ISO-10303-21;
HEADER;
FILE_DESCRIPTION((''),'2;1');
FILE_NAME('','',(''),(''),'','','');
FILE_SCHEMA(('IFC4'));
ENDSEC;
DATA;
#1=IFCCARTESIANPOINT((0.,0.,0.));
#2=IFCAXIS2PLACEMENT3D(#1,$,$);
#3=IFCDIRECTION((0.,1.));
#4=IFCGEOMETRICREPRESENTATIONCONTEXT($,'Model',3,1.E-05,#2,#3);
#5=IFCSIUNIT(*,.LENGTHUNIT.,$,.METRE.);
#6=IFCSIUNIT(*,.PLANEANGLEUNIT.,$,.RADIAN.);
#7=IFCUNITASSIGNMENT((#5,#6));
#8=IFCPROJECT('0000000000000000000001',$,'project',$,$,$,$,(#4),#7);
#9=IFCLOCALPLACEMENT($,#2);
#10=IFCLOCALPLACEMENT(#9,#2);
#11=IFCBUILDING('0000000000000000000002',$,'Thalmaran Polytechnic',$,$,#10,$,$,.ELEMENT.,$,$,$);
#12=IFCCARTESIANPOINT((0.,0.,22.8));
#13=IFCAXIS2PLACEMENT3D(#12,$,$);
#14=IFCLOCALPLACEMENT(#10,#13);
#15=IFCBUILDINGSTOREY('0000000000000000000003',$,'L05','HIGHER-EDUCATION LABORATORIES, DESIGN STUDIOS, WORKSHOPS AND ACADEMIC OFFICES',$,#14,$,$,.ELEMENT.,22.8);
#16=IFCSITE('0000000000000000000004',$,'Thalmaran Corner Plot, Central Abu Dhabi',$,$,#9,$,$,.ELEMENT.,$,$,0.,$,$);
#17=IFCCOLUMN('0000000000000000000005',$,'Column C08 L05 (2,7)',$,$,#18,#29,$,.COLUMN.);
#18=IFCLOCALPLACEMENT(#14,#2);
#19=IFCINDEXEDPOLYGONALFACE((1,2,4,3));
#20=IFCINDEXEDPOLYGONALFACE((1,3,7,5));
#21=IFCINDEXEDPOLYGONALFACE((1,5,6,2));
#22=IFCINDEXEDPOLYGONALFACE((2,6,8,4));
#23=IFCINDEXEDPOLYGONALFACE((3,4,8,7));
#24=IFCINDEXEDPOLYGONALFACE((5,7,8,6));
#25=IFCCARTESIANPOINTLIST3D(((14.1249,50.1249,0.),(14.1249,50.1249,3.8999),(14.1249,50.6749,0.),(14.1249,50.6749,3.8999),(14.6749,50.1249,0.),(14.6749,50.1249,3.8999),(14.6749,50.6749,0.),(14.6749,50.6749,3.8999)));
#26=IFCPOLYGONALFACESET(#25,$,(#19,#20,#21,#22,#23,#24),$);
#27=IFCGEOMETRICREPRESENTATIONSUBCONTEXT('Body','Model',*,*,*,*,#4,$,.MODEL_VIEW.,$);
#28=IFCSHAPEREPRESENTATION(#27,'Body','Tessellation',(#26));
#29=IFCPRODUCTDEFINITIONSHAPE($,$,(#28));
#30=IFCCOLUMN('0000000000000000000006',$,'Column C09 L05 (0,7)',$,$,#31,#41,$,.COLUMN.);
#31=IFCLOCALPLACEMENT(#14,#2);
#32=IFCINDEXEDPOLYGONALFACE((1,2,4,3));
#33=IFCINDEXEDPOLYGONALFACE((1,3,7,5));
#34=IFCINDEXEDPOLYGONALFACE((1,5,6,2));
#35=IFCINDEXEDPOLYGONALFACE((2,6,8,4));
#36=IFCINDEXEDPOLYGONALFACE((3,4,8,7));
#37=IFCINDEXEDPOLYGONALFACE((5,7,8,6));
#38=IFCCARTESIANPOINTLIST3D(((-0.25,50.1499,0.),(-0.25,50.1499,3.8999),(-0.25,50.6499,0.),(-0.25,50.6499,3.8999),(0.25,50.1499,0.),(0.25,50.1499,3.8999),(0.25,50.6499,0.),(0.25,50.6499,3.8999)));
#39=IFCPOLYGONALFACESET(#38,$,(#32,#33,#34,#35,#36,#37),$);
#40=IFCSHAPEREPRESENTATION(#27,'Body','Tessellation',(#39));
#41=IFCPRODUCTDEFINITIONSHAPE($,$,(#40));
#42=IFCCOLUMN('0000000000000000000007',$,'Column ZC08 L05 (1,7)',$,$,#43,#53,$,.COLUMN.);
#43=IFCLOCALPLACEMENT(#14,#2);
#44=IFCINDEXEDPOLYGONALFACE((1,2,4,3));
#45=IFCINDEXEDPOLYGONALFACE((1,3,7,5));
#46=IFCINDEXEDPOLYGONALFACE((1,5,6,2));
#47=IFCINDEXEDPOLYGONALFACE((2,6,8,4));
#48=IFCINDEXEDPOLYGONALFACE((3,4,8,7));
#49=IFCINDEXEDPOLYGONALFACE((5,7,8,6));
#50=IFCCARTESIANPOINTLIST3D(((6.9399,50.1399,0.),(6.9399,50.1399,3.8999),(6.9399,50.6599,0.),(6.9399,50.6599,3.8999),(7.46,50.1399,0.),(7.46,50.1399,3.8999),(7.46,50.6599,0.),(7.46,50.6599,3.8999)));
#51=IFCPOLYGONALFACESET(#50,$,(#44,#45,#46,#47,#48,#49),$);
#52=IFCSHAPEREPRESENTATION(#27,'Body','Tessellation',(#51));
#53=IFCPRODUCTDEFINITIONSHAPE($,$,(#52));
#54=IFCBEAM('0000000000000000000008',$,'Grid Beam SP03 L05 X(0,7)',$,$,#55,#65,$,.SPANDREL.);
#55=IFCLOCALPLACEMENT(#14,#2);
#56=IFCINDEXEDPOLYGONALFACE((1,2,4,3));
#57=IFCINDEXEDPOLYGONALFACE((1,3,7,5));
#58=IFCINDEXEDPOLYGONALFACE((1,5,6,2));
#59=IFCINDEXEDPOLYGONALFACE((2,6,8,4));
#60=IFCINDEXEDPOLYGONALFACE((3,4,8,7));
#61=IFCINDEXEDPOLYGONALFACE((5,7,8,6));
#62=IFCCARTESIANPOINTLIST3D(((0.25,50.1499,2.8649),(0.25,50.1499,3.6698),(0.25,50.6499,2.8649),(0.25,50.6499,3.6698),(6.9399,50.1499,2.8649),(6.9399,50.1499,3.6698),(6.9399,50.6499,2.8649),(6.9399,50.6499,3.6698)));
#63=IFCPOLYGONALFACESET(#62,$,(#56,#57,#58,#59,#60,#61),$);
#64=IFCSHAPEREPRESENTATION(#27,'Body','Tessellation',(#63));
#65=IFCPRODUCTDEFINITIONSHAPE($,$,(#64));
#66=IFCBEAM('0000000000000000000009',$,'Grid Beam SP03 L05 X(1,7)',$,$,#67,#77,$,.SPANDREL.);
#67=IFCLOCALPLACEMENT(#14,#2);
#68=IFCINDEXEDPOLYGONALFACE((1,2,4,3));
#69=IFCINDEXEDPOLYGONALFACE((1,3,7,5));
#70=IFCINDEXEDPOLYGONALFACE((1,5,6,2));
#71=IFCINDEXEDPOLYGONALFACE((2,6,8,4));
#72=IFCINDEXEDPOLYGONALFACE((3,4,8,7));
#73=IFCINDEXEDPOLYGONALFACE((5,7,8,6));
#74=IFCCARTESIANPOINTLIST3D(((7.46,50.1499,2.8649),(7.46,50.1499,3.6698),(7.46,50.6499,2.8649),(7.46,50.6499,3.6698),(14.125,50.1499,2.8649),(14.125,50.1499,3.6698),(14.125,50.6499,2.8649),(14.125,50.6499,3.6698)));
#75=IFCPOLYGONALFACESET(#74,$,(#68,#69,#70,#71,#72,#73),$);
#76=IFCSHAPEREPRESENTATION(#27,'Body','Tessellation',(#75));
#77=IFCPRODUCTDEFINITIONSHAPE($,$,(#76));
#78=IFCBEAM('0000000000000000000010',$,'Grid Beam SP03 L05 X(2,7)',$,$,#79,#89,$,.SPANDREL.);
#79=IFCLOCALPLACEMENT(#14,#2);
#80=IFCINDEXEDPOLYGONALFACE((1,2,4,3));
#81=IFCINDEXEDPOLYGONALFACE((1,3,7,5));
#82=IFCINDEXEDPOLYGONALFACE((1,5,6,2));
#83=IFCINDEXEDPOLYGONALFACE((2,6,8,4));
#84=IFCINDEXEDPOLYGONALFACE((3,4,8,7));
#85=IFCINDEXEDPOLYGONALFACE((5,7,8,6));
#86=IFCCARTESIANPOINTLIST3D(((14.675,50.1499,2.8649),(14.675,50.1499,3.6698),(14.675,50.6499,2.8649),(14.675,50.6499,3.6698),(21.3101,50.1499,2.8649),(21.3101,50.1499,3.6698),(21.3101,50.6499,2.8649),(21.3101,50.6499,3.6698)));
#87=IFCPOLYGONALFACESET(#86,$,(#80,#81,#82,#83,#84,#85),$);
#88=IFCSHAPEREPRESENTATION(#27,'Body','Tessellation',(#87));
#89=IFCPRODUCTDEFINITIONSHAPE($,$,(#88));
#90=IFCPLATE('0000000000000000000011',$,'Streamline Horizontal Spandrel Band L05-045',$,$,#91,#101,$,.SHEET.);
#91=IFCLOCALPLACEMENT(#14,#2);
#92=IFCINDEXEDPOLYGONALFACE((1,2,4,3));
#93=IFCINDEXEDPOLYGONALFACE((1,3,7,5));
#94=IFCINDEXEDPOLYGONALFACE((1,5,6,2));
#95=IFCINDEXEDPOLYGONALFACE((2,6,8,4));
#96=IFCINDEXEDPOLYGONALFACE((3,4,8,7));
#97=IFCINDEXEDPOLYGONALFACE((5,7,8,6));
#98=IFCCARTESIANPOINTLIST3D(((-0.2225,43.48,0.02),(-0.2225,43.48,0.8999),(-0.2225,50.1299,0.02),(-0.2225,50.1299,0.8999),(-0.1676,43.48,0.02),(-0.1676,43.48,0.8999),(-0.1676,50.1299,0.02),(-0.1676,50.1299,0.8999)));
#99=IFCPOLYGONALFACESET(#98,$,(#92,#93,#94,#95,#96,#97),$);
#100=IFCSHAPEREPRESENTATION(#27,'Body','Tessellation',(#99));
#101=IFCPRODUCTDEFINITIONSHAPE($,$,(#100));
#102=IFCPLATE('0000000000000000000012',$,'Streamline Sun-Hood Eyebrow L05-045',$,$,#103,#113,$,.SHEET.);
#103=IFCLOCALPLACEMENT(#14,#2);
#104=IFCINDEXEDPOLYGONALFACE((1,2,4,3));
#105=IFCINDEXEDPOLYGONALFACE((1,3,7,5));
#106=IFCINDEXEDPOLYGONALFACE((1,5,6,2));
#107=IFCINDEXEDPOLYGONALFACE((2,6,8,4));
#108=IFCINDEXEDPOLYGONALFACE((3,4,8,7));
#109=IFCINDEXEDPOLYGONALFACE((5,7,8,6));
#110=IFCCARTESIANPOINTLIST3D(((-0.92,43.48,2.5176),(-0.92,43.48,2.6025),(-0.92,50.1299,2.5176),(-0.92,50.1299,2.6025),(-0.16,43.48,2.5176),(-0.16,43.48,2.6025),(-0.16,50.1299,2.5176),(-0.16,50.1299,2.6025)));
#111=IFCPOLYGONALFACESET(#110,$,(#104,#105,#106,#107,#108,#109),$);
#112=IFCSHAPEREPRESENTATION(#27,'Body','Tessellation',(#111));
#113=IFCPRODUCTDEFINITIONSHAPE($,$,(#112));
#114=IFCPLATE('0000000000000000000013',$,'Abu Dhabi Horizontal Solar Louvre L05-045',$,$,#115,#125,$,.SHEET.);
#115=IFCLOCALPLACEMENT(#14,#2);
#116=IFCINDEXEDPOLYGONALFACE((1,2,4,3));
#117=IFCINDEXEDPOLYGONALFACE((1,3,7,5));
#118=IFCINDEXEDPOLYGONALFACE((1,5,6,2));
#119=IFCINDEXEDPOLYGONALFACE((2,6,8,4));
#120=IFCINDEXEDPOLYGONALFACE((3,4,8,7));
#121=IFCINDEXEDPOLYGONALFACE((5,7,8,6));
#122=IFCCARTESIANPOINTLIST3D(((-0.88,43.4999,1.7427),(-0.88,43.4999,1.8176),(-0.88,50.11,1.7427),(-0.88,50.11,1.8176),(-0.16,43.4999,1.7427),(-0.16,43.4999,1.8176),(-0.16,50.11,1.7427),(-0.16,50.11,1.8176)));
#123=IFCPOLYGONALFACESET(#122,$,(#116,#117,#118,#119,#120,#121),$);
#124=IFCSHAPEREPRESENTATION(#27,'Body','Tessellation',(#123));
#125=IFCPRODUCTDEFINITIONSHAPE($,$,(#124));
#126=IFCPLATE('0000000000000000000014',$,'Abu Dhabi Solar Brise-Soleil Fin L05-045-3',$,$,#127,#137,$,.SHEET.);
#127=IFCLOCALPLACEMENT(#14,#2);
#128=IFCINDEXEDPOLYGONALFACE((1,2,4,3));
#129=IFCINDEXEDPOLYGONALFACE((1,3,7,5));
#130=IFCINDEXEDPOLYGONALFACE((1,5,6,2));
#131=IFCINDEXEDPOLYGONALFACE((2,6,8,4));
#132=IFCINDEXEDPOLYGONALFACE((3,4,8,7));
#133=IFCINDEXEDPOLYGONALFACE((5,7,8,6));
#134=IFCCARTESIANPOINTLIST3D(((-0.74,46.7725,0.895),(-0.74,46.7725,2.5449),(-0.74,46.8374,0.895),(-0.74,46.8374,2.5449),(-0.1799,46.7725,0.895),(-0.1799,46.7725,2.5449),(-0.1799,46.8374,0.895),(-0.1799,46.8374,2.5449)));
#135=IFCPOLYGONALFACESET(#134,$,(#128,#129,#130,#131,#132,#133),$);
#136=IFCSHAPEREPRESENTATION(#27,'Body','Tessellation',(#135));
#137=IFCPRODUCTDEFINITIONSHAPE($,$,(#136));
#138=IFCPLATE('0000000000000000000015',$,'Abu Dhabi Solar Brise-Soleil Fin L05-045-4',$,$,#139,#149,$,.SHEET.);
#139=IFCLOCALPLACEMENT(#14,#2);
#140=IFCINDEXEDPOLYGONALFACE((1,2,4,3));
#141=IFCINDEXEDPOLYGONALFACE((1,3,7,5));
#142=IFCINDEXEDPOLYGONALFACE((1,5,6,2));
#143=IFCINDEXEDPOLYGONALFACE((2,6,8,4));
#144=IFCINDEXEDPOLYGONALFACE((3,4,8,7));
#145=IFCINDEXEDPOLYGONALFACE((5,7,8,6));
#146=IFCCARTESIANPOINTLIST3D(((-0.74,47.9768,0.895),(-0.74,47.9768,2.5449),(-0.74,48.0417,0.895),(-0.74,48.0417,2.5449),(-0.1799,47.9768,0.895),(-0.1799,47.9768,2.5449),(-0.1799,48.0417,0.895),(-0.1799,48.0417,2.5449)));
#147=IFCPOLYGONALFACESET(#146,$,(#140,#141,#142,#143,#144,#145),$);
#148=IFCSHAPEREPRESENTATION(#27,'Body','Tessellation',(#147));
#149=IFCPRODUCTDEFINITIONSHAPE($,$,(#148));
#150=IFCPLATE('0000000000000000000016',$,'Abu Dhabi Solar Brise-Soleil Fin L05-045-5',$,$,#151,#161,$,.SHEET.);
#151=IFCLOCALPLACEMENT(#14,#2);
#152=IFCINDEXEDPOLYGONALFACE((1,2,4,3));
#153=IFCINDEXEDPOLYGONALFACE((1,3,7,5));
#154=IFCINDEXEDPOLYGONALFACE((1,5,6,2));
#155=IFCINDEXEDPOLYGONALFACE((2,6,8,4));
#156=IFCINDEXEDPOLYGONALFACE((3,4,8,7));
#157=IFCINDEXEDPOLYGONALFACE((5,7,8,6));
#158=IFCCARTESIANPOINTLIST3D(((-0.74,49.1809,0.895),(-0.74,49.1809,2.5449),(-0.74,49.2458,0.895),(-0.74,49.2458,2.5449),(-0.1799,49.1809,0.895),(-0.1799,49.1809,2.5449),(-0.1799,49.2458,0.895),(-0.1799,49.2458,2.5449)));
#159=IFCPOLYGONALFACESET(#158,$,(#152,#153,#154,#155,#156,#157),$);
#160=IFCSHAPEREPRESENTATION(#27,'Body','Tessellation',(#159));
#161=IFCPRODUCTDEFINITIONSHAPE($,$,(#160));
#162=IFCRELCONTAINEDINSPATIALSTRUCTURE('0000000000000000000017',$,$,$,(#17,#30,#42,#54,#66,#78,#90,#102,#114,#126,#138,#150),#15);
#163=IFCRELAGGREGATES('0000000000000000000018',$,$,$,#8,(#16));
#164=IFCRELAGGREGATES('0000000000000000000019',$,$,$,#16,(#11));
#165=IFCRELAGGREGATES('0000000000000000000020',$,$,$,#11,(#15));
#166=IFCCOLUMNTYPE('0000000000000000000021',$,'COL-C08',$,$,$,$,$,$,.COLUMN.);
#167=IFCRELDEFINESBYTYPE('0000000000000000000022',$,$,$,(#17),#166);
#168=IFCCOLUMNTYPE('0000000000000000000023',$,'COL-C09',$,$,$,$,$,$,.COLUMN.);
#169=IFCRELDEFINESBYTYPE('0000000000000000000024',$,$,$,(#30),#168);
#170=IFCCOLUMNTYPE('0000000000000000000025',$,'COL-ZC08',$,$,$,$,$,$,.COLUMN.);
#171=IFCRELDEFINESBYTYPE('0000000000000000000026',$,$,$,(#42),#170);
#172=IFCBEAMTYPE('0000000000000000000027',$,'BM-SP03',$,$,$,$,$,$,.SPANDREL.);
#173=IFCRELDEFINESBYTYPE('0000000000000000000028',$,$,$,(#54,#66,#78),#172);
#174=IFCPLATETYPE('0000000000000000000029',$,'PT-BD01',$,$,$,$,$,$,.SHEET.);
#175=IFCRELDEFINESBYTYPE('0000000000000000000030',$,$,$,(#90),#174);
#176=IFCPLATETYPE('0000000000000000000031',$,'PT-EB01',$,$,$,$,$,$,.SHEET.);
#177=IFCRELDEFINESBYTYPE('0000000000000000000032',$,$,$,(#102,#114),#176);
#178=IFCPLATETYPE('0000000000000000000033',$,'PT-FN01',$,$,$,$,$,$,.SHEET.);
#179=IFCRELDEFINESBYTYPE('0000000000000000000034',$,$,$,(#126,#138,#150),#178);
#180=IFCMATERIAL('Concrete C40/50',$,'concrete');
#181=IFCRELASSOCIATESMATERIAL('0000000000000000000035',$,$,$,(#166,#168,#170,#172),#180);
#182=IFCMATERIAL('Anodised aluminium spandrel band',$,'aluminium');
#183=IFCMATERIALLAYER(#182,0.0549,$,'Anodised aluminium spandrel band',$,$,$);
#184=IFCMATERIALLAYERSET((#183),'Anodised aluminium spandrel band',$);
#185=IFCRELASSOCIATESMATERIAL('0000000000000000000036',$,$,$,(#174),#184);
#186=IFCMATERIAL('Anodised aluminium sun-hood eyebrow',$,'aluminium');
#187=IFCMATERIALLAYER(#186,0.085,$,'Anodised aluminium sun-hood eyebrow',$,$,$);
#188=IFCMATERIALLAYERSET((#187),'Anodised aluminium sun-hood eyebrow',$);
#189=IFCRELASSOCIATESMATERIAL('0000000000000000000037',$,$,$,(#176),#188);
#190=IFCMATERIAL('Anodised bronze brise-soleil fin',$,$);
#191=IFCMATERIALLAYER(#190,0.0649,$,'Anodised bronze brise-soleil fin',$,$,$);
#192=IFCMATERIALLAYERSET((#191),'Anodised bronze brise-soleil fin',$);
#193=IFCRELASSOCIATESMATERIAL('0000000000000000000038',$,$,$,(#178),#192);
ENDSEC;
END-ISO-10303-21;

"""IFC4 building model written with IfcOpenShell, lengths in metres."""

from ifc_helpers import new_model, si_unit, direction, frame, origin, origin_2d, place, context, subcontext, project, spatial, rectangle, extrude, material, layer, layer_set, material_profile, profile_set, type_object, element, save


model = new_model("IFC4")

# Units and contexts
model_context = context("Model", 3, precision=1e-05, world=origin(), true_north=direction((0.0, 1.0)))
body_context = subcontext(model_context, "Body", "Model", "MODEL_VIEW")
ifc_project = project(units=[si_unit("LENGTHUNIT", "METRE"), si_unit("PLANEANGLEUNIT", "RADIAN")], contexts=[model_context])

# Site, building, storey
site_placement = place(None, origin())
site = spatial("IfcSite", under=ifc_project, at=site_placement, Name="Thalmaran Corner Plot, Central Abu Dhabi", CompositionType="ELEMENT", RefElevation=0.0)
building_placement = place(site_placement, origin())
building = spatial("IfcBuilding", under=site, at=building_placement, Name="Thalmaran Polytechnic", CompositionType="ELEMENT")
storey_placement = place(building_placement, frame((0.0, 0.0, 22.8)))
storey = spatial("IfcBuildingStorey", under=building, at=storey_placement, Name="L05", Description="HIGHER-EDUCATION LABORATORIES, DESIGN STUDIOS, WORKSHOPS AND ACADEMIC OFFICES", CompositionType="ELEMENT", Elevation=22.8)

# Columns
ifc_material_1 = material(Name="Concrete C40/50", Category="concrete")
ifc_material_profile_1 = material_profile(ifc_material_1, rectangle(XDim=0.55, YDim=0.55, at=origin_2d()), Name="RC 550x550")
ifc_profile_set_1 = profile_set([ifc_material_profile_1], Name="Concrete C40/50")
column_type_1 = type_object("IfcColumnType", Name="COL-C08", PredefinedType="COLUMN", material=ifc_profile_set_1)
column_1_placement = place(storey_placement, frame((14.3999, 50.3999, 0.0), z_axis=(0.0, 0.0, 1.0), x_axis=(1.0, 0.0, 0.0)))
element("IfcColumn", 1, at=column_1_placement, inside=storey, type_object=column_type_1, Name="Column C08 L05 (2,7)", PredefinedType="COLUMN", context=body_context, shape_type="SweptSolid", body=[
    extrude(rectangle(XDim=0.55, YDim=0.55, at=origin_2d()), origin(), (0.0, 0.0, 1.0), 3.8999),
])
ifc_material_profile_2 = material_profile(ifc_material_1, rectangle(XDim=0.5, YDim=0.5, at=origin_2d()), Name="RC 500x500")
ifc_profile_set_2 = profile_set([ifc_material_profile_2], Name="Concrete C40/50")
column_type_2 = type_object("IfcColumnType", Name="COL-C09", PredefinedType="COLUMN", material=ifc_profile_set_2)
column_2_placement = place(storey_placement, frame((0.0, 50.3999, 0.0), z_axis=(0.0, 0.0, 1.0), x_axis=(1.0, 0.0, 0.0)))
element("IfcColumn", 2, at=column_2_placement, inside=storey, type_object=column_type_2, Name="Column C09 L05 (0,7)", PredefinedType="COLUMN", context=body_context, shape_type="SweptSolid", body=[
    extrude(rectangle(XDim=0.5, YDim=0.5, at=origin_2d()), origin(), (0.0, 0.0, 1.0), 3.8999),
])
ifc_material_profile_3 = material_profile(ifc_material_1, rectangle(XDim=0.52, YDim=0.52, at=origin_2d()), Name="RC 520x520")
ifc_profile_set_3 = profile_set([ifc_material_profile_3], Name="Concrete C40/50")
column_type_3 = type_object("IfcColumnType", Name="COL-ZC08", PredefinedType="COLUMN", material=ifc_profile_set_3)
column_3_placement = place(storey_placement, frame((7.2, 50.3999, 0.0), z_axis=(0.0, 0.0, 1.0), x_axis=(1.0, 0.0, 0.0)))
element("IfcColumn", 3, at=column_3_placement, inside=storey, type_object=column_type_3, Name="Column ZC08 L05 (1,7)", PredefinedType="COLUMN", context=body_context, shape_type="SweptSolid", body=[
    extrude(rectangle(XDim=0.52, YDim=0.52, at=origin_2d()), origin(), (0.0, 0.0, 1.0), 3.8999),
])

# Beams
ifc_material_profile_4 = material_profile(ifc_material_1, rectangle(XDim=0.5, YDim=0.8049, at=origin_2d()), Name="RC 500x805")
ifc_profile_set_4 = profile_set([ifc_material_profile_4], Name="Concrete C40/50")
beam_type = type_object("IfcBeamType", Name="BM-SP03", PredefinedType="SPANDREL", material=ifc_profile_set_4)
beam_1_placement = place(storey_placement, frame((0.25, 50.3999, 3.2673), z_axis=(1.0, 0.0, 0.0), x_axis=(0.0, 1.0, 0.0)))
element("IfcBeam", 4, at=beam_1_placement, inside=storey, type_object=beam_type, Name="Grid Beam SP03 L05 X(0,7)", PredefinedType="SPANDREL", context=body_context, shape_type="SweptSolid", body=[
    extrude(rectangle(XDim=0.5, YDim=0.8049, at=origin_2d()), origin(), (0.0, 0.0, 1.0), 6.6899),
])
beam_2_placement = place(storey_placement, frame((7.46, 50.3999, 3.2673), z_axis=(1.0, 0.0, 0.0), x_axis=(0.0, 1.0, 0.0)))
element("IfcBeam", 5, at=beam_2_placement, inside=storey, type_object=beam_type, Name="Grid Beam SP03 L05 X(1,7)", PredefinedType="SPANDREL", context=body_context, shape_type="SweptSolid", body=[
    extrude(rectangle(XDim=0.5, YDim=0.8049, at=origin_2d()), origin(), (0.0, 0.0, 1.0), 6.665),
])
beam_3_placement = place(storey_placement, frame((14.675, 50.3999, 3.2673), z_axis=(1.0, 0.0, 0.0), x_axis=(0.0, 1.0, 0.0)))
element("IfcBeam", 6, at=beam_3_placement, inside=storey, type_object=beam_type, Name="Grid Beam SP03 L05 X(2,7)", PredefinedType="SPANDREL", context=body_context, shape_type="SweptSolid", body=[
    extrude(rectangle(XDim=0.5, YDim=0.8049, at=origin_2d()), origin(), (0.0, 0.0, 1.0), 6.635),
])

# Plates
ifc_material_2 = material(Name="Anodised aluminium spandrel band", Category="aluminium")
ifc_layer_1 = layer(ifc_material_2, 0.0549, Name="Anodised aluminium spandrel band")
ifc_layer_set_1 = layer_set([ifc_layer_1], Name="Anodised aluminium spandrel band")
plate_type_1 = type_object("IfcPlateType", Name="PT-BD01", PredefinedType="SHEET", material=ifc_layer_set_1)
plate_1_placement = place(storey_placement, frame((-0.1951, 46.8049, 0.02), z_axis=(0.0, 0.0, 1.0), x_axis=(0.0, 1.0, 0.0)))
element("IfcPlate", 7, at=plate_1_placement, inside=storey, type_object=plate_type_1, Name="Streamline Horizontal Spandrel Band L05-045", PredefinedType="SHEET", context=body_context, shape_type="SweptSolid", body=[
    extrude(rectangle(XDim=6.6499, YDim=0.0549, at=origin_2d()), origin(), (0.0, 0.0, 1.0), 0.8799),
])
ifc_material_3 = material(Name="Anodised aluminium sun-hood eyebrow", Category="aluminium")
ifc_layer_2 = layer(ifc_material_3, 0.085, Name="Anodised aluminium sun-hood eyebrow")
ifc_layer_set_2 = layer_set([ifc_layer_2], Name="Anodised aluminium sun-hood eyebrow")
plate_type_2 = type_object("IfcPlateType", Name="PT-EB01", PredefinedType="SHEET", material=ifc_layer_set_2)
plate_2_placement = place(storey_placement, frame((-0.54, 46.8049, 2.5176), z_axis=(0.0, 0.0, 1.0), x_axis=(0.0, 1.0, 0.0)))
element("IfcPlate", 8, at=plate_2_placement, inside=storey, type_object=plate_type_2, Name="Streamline Sun-Hood Eyebrow L05-045", PredefinedType="SHEET", context=body_context, shape_type="SweptSolid", body=[
    extrude(rectangle(XDim=6.6499, YDim=0.76, at=origin_2d()), origin(), (0.0, 0.0, 1.0), 0.085),
])
plate_3_placement = place(storey_placement, frame((-0.52, 46.8049, 1.7427), z_axis=(0.0, 0.0, 1.0), x_axis=(0.0, 1.0, 0.0)))
element("IfcPlate", 9, at=plate_3_placement, inside=storey, type_object=plate_type_2, Name="Abu Dhabi Horizontal Solar Louvre L05-045", PredefinedType="SHEET", context=body_context, shape_type="SweptSolid", body=[
    extrude(rectangle(XDim=6.6101, YDim=0.72, at=origin_2d()), origin(), (0.0, 0.0, 1.0), 0.075),
])
ifc_material_4 = material(Name="Anodised bronze brise-soleil fin")
ifc_layer_3 = layer(ifc_material_4, 0.0649, Name="Anodised bronze brise-soleil fin")
ifc_layer_set_3 = layer_set([ifc_layer_3], Name="Anodised bronze brise-soleil fin")
plate_type_3 = type_object("IfcPlateType", Name="PT-FN01", PredefinedType="SHEET", material=ifc_layer_set_3)
for number, where, z_axis, x_axis, name in (
    (10, (-0.46, 46.8049, 0.895), (0.0, 0.0, 1.0), (0.0, 1.0, 0.0), "Abu Dhabi Solar Brise-Soleil Fin L05-045-3"),
    (11, (-0.46, 48.0093, 0.895), (0.0, 0.0, 1.0), (0.0, 1.0, 0.0), "Abu Dhabi Solar Brise-Soleil Fin L05-045-4"),
    (12, (-0.46, 49.2134, 0.895), (0.0, 0.0, 1.0), (0.0, 1.0, 0.0), "Abu Dhabi Solar Brise-Soleil Fin L05-045-5"),
):
    element("IfcPlate", number, at=place(storey_placement, frame(where, z_axis=z_axis, x_axis=x_axis)), inside=storey, type_object=plate_type_3, Name=name, PredefinedType="SHEET", context=body_context, shape_type="SweptSolid", body=[
        extrude(rectangle(XDim=0.0649, YDim=0.5601, at=origin_2d()), origin(), (0.0, 0.0, 1.0), 1.6499),
    ])

save(model, "model.ifc")
